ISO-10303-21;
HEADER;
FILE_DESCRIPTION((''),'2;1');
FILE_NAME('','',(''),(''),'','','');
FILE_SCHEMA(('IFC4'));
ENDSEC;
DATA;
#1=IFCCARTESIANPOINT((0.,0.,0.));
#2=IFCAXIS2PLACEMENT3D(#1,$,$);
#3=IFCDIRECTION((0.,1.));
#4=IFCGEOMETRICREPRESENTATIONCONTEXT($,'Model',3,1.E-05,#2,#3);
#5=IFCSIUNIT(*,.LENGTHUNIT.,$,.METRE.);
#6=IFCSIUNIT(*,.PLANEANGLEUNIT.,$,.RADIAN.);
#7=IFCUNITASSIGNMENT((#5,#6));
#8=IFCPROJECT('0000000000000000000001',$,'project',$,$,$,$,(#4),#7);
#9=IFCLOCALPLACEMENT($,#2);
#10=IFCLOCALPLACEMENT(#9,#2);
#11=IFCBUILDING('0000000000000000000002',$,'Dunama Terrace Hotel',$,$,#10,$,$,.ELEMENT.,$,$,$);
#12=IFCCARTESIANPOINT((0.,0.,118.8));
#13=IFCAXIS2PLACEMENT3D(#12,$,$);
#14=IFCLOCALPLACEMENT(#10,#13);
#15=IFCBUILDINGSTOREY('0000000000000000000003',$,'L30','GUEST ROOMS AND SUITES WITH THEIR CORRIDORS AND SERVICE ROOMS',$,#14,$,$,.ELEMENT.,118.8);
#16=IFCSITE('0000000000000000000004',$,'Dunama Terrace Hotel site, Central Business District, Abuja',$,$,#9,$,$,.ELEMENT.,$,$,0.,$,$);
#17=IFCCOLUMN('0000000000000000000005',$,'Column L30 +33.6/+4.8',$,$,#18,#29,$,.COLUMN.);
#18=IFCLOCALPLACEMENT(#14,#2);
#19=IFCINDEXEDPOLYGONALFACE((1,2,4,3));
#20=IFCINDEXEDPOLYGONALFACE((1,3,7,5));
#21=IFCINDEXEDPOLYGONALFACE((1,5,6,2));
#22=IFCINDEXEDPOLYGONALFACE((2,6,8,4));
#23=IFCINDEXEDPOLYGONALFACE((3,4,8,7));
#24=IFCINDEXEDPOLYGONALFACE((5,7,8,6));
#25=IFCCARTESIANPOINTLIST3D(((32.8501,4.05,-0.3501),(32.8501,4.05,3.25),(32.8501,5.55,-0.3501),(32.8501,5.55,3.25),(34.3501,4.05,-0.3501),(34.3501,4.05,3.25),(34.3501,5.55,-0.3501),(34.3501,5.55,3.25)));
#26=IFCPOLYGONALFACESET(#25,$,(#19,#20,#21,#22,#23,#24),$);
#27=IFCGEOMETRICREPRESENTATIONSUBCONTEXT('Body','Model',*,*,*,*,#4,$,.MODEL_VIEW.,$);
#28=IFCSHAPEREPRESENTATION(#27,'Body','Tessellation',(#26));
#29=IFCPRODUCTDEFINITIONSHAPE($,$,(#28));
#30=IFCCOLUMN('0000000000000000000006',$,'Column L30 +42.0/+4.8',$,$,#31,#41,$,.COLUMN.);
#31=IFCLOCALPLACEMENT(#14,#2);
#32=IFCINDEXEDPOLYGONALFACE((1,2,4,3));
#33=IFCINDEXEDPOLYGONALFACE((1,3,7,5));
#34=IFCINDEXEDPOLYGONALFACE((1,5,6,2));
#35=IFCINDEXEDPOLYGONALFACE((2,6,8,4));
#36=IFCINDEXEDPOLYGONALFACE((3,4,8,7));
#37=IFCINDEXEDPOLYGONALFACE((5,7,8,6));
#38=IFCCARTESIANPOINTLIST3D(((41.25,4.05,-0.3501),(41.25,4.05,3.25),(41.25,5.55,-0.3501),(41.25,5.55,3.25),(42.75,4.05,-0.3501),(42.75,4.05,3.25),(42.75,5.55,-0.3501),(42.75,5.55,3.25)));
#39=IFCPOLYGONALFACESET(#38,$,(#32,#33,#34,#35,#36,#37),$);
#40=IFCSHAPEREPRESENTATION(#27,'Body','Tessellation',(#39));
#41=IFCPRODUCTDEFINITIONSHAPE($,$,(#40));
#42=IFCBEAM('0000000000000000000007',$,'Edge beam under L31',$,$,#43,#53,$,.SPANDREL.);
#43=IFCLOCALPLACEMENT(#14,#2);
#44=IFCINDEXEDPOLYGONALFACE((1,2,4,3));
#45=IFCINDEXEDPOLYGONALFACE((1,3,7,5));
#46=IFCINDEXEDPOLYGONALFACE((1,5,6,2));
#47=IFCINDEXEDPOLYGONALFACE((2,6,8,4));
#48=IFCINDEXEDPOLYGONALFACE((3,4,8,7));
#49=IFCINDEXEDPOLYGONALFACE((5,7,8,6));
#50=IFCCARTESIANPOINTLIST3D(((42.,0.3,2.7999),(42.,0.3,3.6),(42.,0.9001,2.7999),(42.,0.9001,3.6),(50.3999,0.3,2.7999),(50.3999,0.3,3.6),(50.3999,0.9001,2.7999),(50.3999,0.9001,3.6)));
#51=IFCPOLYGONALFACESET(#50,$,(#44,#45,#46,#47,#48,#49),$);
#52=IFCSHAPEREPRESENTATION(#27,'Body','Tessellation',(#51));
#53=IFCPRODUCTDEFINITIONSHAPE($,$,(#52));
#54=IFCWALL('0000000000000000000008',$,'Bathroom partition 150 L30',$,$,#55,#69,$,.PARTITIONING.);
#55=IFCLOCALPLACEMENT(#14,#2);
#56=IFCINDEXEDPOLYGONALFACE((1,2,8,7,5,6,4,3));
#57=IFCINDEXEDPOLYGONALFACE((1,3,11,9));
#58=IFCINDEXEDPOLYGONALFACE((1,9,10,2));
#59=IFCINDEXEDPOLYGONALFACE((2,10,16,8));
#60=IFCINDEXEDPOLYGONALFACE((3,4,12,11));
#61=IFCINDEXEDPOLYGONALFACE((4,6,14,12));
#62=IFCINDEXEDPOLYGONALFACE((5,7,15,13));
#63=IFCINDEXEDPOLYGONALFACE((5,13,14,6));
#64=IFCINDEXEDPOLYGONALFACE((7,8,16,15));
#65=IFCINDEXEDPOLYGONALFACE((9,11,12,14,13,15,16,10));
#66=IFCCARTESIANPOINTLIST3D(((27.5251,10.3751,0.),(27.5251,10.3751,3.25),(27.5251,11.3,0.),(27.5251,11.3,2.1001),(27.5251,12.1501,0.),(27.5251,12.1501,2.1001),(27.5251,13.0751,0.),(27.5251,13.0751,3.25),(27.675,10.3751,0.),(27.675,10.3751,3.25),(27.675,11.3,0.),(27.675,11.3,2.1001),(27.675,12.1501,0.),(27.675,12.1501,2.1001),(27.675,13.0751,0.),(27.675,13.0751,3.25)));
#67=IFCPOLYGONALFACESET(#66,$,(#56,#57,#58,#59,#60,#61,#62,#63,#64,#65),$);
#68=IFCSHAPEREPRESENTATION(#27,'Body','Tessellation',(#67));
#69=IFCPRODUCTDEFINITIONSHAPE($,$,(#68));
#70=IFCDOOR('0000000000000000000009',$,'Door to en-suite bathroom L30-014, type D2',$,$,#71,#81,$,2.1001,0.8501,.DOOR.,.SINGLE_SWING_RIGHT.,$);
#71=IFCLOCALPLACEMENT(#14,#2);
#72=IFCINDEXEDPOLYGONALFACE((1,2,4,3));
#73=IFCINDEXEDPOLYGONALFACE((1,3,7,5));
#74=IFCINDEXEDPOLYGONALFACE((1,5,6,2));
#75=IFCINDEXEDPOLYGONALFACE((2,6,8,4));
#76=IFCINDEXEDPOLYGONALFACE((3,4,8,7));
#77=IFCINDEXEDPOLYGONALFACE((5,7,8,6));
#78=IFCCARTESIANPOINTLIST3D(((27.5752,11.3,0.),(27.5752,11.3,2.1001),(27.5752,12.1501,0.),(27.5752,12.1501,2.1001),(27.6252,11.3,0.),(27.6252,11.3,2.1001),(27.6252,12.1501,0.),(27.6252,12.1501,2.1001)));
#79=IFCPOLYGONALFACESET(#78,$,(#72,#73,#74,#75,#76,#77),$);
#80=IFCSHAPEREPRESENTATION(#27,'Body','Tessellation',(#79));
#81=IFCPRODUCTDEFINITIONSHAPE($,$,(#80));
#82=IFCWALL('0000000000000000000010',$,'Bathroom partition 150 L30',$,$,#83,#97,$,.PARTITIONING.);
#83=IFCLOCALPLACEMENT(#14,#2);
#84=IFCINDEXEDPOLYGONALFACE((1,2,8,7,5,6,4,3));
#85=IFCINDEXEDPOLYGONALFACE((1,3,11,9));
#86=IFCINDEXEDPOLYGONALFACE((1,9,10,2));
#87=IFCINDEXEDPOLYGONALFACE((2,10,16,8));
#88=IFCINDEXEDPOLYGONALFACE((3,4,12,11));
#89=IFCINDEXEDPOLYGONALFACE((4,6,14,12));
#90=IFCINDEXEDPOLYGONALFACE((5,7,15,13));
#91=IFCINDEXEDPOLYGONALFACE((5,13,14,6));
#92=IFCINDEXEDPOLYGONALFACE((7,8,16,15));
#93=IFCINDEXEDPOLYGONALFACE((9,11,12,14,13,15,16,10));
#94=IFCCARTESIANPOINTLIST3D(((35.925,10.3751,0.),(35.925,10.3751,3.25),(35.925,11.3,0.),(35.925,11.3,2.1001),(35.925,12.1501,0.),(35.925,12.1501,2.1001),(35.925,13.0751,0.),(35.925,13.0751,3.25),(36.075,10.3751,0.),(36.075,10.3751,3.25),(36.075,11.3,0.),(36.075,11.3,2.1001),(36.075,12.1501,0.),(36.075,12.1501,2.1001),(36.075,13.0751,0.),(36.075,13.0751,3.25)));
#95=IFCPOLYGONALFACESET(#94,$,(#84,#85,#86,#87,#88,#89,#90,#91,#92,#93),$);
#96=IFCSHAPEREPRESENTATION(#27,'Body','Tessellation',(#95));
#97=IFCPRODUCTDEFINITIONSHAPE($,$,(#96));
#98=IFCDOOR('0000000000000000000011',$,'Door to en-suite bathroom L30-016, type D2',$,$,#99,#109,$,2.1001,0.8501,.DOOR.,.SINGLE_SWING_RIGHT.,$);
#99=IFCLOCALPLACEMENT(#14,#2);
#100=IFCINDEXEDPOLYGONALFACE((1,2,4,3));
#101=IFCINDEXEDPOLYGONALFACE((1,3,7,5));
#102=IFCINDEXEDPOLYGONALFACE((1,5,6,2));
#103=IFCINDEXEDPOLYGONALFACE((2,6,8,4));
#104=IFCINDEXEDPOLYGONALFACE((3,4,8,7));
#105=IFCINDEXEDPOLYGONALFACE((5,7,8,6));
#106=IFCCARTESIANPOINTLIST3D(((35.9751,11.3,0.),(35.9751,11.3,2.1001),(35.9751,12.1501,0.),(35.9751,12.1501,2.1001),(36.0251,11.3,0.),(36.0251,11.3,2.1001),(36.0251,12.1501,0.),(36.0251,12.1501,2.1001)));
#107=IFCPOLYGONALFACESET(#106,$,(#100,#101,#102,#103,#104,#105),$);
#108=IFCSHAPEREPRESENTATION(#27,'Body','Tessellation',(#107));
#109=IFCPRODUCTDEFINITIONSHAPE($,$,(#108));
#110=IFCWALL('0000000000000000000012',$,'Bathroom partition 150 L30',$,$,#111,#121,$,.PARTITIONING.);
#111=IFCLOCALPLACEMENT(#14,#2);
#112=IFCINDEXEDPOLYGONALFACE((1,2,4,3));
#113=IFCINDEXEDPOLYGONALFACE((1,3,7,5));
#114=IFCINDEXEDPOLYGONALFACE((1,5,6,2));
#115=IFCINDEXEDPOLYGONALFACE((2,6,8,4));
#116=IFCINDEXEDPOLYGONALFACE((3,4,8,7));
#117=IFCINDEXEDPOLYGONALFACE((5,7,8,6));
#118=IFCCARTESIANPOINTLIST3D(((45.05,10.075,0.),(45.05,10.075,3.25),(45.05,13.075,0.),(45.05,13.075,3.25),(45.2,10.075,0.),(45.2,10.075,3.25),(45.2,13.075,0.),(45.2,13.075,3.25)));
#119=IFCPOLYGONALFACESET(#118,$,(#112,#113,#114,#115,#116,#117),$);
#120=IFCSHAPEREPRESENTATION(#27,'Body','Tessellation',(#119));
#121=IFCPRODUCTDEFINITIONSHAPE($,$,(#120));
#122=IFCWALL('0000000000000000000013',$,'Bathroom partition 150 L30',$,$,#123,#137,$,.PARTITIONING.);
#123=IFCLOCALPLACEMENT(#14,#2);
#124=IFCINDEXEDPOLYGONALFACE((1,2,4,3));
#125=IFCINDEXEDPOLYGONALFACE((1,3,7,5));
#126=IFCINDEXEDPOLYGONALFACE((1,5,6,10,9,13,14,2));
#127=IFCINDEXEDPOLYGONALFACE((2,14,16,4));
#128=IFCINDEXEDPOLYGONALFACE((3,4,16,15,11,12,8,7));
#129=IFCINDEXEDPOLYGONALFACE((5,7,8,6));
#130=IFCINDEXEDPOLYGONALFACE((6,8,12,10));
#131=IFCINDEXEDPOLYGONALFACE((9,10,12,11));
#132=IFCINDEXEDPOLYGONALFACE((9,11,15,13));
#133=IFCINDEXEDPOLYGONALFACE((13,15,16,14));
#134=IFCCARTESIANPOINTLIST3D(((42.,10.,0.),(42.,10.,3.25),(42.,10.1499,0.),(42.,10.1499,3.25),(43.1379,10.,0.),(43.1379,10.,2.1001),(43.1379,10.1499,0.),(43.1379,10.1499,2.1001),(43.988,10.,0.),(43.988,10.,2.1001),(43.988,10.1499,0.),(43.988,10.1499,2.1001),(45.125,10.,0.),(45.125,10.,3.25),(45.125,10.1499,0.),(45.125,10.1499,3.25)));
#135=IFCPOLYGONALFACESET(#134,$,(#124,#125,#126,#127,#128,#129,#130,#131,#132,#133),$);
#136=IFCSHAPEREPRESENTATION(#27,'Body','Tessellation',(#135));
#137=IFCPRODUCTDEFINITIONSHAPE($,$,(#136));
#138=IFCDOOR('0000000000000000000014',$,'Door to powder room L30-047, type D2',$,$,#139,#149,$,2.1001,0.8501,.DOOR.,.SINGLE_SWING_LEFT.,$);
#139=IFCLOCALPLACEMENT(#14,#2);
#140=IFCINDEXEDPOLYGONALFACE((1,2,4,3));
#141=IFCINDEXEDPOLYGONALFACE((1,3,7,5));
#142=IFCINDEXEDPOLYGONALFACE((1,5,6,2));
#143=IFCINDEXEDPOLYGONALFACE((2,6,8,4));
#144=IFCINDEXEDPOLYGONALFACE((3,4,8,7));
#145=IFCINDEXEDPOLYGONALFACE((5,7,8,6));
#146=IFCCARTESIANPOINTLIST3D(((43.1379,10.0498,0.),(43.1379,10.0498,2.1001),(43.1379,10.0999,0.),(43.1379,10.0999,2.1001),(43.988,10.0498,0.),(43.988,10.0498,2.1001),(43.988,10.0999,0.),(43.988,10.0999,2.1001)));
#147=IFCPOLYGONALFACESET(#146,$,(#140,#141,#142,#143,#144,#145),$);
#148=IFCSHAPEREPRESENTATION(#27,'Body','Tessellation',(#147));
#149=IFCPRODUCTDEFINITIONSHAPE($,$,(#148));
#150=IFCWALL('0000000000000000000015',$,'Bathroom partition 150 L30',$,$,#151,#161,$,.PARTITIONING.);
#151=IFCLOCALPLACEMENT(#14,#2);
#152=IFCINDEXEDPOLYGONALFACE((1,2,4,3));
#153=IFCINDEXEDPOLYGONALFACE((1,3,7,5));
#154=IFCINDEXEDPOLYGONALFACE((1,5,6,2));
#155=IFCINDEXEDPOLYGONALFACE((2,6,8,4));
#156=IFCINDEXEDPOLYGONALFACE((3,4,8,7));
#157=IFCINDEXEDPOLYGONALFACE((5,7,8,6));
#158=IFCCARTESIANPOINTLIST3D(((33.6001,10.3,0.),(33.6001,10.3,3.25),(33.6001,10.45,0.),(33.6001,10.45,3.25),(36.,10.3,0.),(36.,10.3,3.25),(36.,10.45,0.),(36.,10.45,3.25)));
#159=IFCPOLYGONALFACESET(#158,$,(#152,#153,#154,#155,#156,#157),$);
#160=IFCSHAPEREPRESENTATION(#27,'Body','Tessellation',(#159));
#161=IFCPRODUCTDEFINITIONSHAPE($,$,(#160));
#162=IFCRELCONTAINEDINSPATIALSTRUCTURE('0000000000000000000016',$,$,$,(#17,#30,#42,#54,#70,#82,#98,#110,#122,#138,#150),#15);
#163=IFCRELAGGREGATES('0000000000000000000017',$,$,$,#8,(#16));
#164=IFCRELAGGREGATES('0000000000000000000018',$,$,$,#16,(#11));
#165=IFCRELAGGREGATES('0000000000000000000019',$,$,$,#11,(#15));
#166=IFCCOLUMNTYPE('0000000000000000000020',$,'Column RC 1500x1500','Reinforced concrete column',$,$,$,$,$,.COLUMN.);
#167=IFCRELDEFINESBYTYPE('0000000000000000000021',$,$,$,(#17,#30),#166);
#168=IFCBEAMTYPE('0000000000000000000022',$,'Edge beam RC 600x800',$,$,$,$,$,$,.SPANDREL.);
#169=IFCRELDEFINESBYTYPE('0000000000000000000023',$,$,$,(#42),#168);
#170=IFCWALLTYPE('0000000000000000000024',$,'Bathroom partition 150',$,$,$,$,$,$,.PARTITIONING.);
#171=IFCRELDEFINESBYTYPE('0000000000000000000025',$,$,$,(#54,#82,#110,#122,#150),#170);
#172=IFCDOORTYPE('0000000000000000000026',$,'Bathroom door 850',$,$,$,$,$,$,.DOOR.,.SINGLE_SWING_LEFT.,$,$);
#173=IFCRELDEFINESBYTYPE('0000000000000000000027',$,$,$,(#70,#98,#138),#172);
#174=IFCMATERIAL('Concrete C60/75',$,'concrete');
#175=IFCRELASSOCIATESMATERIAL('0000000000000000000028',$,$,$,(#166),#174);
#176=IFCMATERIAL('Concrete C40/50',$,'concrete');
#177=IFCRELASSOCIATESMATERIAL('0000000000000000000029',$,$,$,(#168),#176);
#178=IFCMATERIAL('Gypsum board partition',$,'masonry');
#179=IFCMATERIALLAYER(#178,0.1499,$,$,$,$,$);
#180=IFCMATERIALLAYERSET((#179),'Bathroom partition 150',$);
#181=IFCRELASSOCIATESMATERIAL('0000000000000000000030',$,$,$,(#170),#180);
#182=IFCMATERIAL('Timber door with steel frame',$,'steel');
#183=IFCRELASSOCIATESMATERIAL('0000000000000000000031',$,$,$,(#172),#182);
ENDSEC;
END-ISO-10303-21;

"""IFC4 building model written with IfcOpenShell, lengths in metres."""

from ifc_helpers import new_model, si_unit, direction, frame, frame_2d, origin, origin_2d, place, context, subcontext, project, spatial, rectangle, extrude, material, layer, layer_set, material_profile, profile_set, type_object, element, fill, save


model = new_model("IFC4")

# Units and contexts
model_context = context("Model", 3, precision=1e-05, world=origin(), true_north=direction((0.0, 1.0)))
body_context = subcontext(model_context, "Body", "Model", "MODEL_VIEW")
ifc_project = project(units=[si_unit("LENGTHUNIT", "METRE"), si_unit("PLANEANGLEUNIT", "RADIAN")], contexts=[model_context])

# Site, building, storey
site_placement = place(None, origin())
site = spatial("IfcSite", under=ifc_project, at=site_placement, Name="Dunama Terrace Hotel site, Central Business District, Abuja", CompositionType="ELEMENT", RefElevation=0.0)
building_placement = place(site_placement, origin())
building = spatial("IfcBuilding", under=site, at=building_placement, Name="Dunama Terrace Hotel", CompositionType="ELEMENT")
storey_placement = place(building_placement, frame((0.0, 0.0, 118.8)))
storey = spatial("IfcBuildingStorey", under=building, at=storey_placement, Name="L30", Description="GUEST ROOMS AND SUITES WITH THEIR CORRIDORS AND SERVICE ROOMS", CompositionType="ELEMENT", Elevation=118.8)

# Columns
ifc_material_1 = material(Name="Concrete C60/75", Category="concrete")
ifc_material_profile_1 = material_profile(ifc_material_1, rectangle(XDim=1.5, YDim=1.5, at=origin_2d()), Name="RC 1500x1500")
ifc_profile_set_1 = profile_set([ifc_material_profile_1], Name="Concrete C60/75")
column_type = type_object("IfcColumnType", Name="Column RC 1500x1500", Description="Reinforced concrete column", PredefinedType="COLUMN", material=ifc_profile_set_1)
for number, where, z_axis, x_axis, name in (
    (1, (33.6001, 4.8, -0.3501), (0.0, 0.0, 1.0), (1.0, 0.0, 0.0), "Column L30 +33.6/+4.8"),
    (2, (42.0, 4.8, -0.3501), (0.0, 0.0, 1.0), (1.0, 0.0, 0.0), "Column L30 +42.0/+4.8"),
):
    element("IfcColumn", number, at=place(storey_placement, frame(where, z_axis=z_axis, x_axis=x_axis)), inside=storey, type_object=column_type, Name=name, PredefinedType="COLUMN", context=body_context, shape_type="SweptSolid", body=[
        extrude(rectangle(XDim=1.5, YDim=1.5, at=origin_2d()), origin(), (0.0, 0.0, 1.0), 3.6001),
    ])

# Beam
ifc_material_2 = material(Name="Concrete C40/50", Category="concrete")
ifc_material_profile_2 = material_profile(ifc_material_2, rectangle(XDim=0.6001, YDim=0.8, at=origin_2d()), Name="RC 600x800")
ifc_profile_set_2 = profile_set([ifc_material_profile_2], Name="Concrete C40/50")
beam_type = type_object("IfcBeamType", Name="Edge beam RC 600x800", PredefinedType="SPANDREL", material=ifc_profile_set_2)
beam_placement = place(storey_placement, frame((42.0, 0.6001, 3.2), z_axis=(1.0, 0.0, 0.0), x_axis=(0.0, 1.0, 0.0)))
element("IfcBeam", 3, at=beam_placement, inside=storey, type_object=beam_type, Name="Edge beam under L31", PredefinedType="SPANDREL", context=body_context, shape_type="SweptSolid", body=[
    extrude(rectangle(XDim=0.6001, YDim=0.8, at=origin_2d()), origin(), (0.0, 0.0, 1.0), 8.3999),
])

# Walls, openings, doors
ifc_material_3 = material(Name="Gypsum board partition", Category="masonry")
ifc_layer_1 = layer(ifc_material_3, 0.1499)
ifc_layer_set_1 = layer_set([ifc_layer_1], Name="Bathroom partition 150")
wall_type_1 = type_object("IfcWallType", Name="Bathroom partition 150", PredefinedType="PARTITIONING", material=ifc_layer_set_1)
wall_1_placement = place(storey_placement, frame((27.6001, 10.375, 0.0), z_axis=(0.0, 0.0, 1.0), x_axis=(0.0, 1.0, 0.0)))
wall_1 = element("IfcWall", 4, at=wall_1_placement, inside=storey, type_object=wall_type_1, Name="Bathroom partition 150 L30", PredefinedType="PARTITIONING", context=body_context, shape_type="SweptSolid", body=[
    extrude(rectangle(XDim=2.7, YDim=0.1499, at=frame_2d((1.3501, 0.0))), origin(), (0.0, 0.0, 1.0), 3.25),
])
opening_1_placement = place(wall_1_placement, frame((0.925, 0.0, 0.0)))
opening_1 = element("IfcOpeningElement", 5, at=opening_1_placement, cuts=wall_1, PredefinedType="OPENING", context=body_context, shape_type="SweptSolid", body=[
    extrude(rectangle(XDim=0.8501, YDim=2.1001, at=frame_2d((0.425, 1.05))), frame((0.0, 0.085, 0.0), z_axis=(0.0, -1.0, 0.0), x_axis=(1.0, 0.0, 0.0)), (0.0, 0.0, 1.0), 0.1699),
])
ifc_material_4 = material(Name="Timber door with steel frame", Category="steel")
door_type_1 = type_object("IfcDoorType", Name="Bathroom door 850", OperationType="SINGLE_SWING_LEFT", PredefinedType="DOOR", material=ifc_material_4)
door_1_placement = place(opening_1_placement, origin())
door_1 = element("IfcDoor", 6, at=door_1_placement, inside=storey, type_object=door_type_1, Name="Door to en-suite bathroom L30-014, type D2", OperationType="SINGLE_SWING_RIGHT", OverallHeight=2.1001, OverallWidth=0.8501, PredefinedType="DOOR", context=body_context, shape_type="SweptSolid", body=[
    extrude(rectangle(XDim=0.8501, YDim=2.1001, at=frame_2d((0.425, 1.05))), frame((0.0, 0.0249, 0.0), z_axis=(0.0, -1.0, 0.0), x_axis=(1.0, 0.0, 0.0)), (0.0, 0.0, 1.0), 0.05),
])
fill(opening_1, door_1)
wall_2_placement = place(storey_placement, frame((36.0, 10.375, 0.0), z_axis=(0.0, 0.0, 1.0), x_axis=(0.0, 1.0, 0.0)))
wall_2 = element("IfcWall", 7, at=wall_2_placement, inside=storey, type_object=wall_type_1, Name="Bathroom partition 150 L30", PredefinedType="PARTITIONING", context=body_context, shape_type="SweptSolid", body=[
    extrude(rectangle(XDim=2.7, YDim=0.1499, at=frame_2d((1.3501, 0.0))), origin(), (0.0, 0.0, 1.0), 3.25),
])
opening_2_placement = place(wall_2_placement, frame((0.925, 0.0, 0.0)))
opening_2 = element("IfcOpeningElement", 8, at=opening_2_placement, cuts=wall_2, PredefinedType="OPENING", context=body_context, shape_type="SweptSolid", body=[
    extrude(rectangle(XDim=0.8501, YDim=2.1001, at=frame_2d((0.425, 1.05))), frame((0.0, 0.085, 0.0), z_axis=(0.0, -1.0, 0.0), x_axis=(1.0, 0.0, 0.0)), (0.0, 0.0, 1.0), 0.1699),
])
door_2_placement = place(opening_2_placement, origin())
door_2 = element("IfcDoor", 9, at=door_2_placement, inside=storey, type_object=door_type_1, Name="Door to en-suite bathroom L30-016, type D2", OperationType="SINGLE_SWING_RIGHT", OverallHeight=2.1001, OverallWidth=0.8501, PredefinedType="DOOR", context=body_context, shape_type="SweptSolid", body=[
    extrude(rectangle(XDim=0.8501, YDim=2.1001, at=frame_2d((0.425, 1.05))), frame((0.0, 0.0249, 0.0), z_axis=(0.0, -1.0, 0.0), x_axis=(1.0, 0.0, 0.0)), (0.0, 0.0, 1.0), 0.05),
])
fill(opening_2, door_2)

# Wall
wall_3_placement = place(storey_placement, frame((45.125, 10.075, 0.0), z_axis=(0.0, 0.0, 1.0), x_axis=(0.0, 1.0, 0.0)))
element("IfcWall", 10, at=wall_3_placement, inside=storey, type_object=wall_type_1, Name="Bathroom partition 150 L30", PredefinedType="PARTITIONING", context=body_context, shape_type="SweptSolid", body=[
    extrude(rectangle(XDim=3.0, YDim=0.1499, at=frame_2d((1.5, 0.0))), origin(), (0.0, 0.0, 1.0), 3.25),
])

# Wall, opening, door
wall_4_placement = place(storey_placement, frame((42.0, 10.075, 0.0), z_axis=(0.0, 0.0, 1.0), x_axis=(1.0, 0.0, 0.0)))
wall_4 = element("IfcWall", 11, at=wall_4_placement, inside=storey, type_object=wall_type_1, Name="Bathroom partition 150 L30", PredefinedType="PARTITIONING", context=body_context, shape_type="SweptSolid", body=[
    extrude(rectangle(XDim=3.125, YDim=0.1499, at=frame_2d((1.5625, 0.0))), origin(), (0.0, 0.0, 1.0), 3.25),
])
opening_3_placement = place(wall_4_placement, frame((1.1379, 0.0, 0.0)))
opening_3 = element("IfcOpeningElement", 12, at=opening_3_placement, cuts=wall_4, PredefinedType="OPENING", context=body_context, shape_type="SweptSolid", body=[
    extrude(rectangle(XDim=0.8501, YDim=2.1001, at=frame_2d((0.425, 1.05))), frame((0.0, 0.085, 0.0), z_axis=(0.0, -1.0, 0.0), x_axis=(1.0, 0.0, 0.0)), (0.0, 0.0, 1.0), 0.1699),
])
door_3_placement = place(opening_3_placement, origin())
door_3 = element("IfcDoor", 13, at=door_3_placement, inside=storey, type_object=door_type_1, Name="Door to powder room L30-047, type D2", OperationType="SINGLE_SWING_LEFT", OverallHeight=2.1001, OverallWidth=0.8501, PredefinedType="DOOR", context=body_context, shape_type="SweptSolid", body=[
    extrude(rectangle(XDim=0.8501, YDim=2.1001, at=frame_2d((0.425, 1.05))), frame((0.0, 0.0249, 0.0), z_axis=(0.0, -1.0, 0.0), x_axis=(1.0, 0.0, 0.0)), (0.0, 0.0, 1.0), 0.05),
])
fill(opening_3, door_3)

# Wall
wall_5_placement = place(storey_placement, frame((33.6001, 10.375, 0.0), z_axis=(0.0, 0.0, 1.0), x_axis=(1.0, 0.0, 0.0)))
element("IfcWall", 14, at=wall_5_placement, inside=storey, type_object=wall_type_1, Name="Bathroom partition 150 L30", PredefinedType="PARTITIONING", context=body_context, shape_type="SweptSolid", body=[
    extrude(rectangle(XDim=2.3999, YDim=0.1499, at=frame_2d((1.2, 0.0))), origin(), (0.0, 0.0, 1.0), 3.25),
])

save(model, "model.ifc")
